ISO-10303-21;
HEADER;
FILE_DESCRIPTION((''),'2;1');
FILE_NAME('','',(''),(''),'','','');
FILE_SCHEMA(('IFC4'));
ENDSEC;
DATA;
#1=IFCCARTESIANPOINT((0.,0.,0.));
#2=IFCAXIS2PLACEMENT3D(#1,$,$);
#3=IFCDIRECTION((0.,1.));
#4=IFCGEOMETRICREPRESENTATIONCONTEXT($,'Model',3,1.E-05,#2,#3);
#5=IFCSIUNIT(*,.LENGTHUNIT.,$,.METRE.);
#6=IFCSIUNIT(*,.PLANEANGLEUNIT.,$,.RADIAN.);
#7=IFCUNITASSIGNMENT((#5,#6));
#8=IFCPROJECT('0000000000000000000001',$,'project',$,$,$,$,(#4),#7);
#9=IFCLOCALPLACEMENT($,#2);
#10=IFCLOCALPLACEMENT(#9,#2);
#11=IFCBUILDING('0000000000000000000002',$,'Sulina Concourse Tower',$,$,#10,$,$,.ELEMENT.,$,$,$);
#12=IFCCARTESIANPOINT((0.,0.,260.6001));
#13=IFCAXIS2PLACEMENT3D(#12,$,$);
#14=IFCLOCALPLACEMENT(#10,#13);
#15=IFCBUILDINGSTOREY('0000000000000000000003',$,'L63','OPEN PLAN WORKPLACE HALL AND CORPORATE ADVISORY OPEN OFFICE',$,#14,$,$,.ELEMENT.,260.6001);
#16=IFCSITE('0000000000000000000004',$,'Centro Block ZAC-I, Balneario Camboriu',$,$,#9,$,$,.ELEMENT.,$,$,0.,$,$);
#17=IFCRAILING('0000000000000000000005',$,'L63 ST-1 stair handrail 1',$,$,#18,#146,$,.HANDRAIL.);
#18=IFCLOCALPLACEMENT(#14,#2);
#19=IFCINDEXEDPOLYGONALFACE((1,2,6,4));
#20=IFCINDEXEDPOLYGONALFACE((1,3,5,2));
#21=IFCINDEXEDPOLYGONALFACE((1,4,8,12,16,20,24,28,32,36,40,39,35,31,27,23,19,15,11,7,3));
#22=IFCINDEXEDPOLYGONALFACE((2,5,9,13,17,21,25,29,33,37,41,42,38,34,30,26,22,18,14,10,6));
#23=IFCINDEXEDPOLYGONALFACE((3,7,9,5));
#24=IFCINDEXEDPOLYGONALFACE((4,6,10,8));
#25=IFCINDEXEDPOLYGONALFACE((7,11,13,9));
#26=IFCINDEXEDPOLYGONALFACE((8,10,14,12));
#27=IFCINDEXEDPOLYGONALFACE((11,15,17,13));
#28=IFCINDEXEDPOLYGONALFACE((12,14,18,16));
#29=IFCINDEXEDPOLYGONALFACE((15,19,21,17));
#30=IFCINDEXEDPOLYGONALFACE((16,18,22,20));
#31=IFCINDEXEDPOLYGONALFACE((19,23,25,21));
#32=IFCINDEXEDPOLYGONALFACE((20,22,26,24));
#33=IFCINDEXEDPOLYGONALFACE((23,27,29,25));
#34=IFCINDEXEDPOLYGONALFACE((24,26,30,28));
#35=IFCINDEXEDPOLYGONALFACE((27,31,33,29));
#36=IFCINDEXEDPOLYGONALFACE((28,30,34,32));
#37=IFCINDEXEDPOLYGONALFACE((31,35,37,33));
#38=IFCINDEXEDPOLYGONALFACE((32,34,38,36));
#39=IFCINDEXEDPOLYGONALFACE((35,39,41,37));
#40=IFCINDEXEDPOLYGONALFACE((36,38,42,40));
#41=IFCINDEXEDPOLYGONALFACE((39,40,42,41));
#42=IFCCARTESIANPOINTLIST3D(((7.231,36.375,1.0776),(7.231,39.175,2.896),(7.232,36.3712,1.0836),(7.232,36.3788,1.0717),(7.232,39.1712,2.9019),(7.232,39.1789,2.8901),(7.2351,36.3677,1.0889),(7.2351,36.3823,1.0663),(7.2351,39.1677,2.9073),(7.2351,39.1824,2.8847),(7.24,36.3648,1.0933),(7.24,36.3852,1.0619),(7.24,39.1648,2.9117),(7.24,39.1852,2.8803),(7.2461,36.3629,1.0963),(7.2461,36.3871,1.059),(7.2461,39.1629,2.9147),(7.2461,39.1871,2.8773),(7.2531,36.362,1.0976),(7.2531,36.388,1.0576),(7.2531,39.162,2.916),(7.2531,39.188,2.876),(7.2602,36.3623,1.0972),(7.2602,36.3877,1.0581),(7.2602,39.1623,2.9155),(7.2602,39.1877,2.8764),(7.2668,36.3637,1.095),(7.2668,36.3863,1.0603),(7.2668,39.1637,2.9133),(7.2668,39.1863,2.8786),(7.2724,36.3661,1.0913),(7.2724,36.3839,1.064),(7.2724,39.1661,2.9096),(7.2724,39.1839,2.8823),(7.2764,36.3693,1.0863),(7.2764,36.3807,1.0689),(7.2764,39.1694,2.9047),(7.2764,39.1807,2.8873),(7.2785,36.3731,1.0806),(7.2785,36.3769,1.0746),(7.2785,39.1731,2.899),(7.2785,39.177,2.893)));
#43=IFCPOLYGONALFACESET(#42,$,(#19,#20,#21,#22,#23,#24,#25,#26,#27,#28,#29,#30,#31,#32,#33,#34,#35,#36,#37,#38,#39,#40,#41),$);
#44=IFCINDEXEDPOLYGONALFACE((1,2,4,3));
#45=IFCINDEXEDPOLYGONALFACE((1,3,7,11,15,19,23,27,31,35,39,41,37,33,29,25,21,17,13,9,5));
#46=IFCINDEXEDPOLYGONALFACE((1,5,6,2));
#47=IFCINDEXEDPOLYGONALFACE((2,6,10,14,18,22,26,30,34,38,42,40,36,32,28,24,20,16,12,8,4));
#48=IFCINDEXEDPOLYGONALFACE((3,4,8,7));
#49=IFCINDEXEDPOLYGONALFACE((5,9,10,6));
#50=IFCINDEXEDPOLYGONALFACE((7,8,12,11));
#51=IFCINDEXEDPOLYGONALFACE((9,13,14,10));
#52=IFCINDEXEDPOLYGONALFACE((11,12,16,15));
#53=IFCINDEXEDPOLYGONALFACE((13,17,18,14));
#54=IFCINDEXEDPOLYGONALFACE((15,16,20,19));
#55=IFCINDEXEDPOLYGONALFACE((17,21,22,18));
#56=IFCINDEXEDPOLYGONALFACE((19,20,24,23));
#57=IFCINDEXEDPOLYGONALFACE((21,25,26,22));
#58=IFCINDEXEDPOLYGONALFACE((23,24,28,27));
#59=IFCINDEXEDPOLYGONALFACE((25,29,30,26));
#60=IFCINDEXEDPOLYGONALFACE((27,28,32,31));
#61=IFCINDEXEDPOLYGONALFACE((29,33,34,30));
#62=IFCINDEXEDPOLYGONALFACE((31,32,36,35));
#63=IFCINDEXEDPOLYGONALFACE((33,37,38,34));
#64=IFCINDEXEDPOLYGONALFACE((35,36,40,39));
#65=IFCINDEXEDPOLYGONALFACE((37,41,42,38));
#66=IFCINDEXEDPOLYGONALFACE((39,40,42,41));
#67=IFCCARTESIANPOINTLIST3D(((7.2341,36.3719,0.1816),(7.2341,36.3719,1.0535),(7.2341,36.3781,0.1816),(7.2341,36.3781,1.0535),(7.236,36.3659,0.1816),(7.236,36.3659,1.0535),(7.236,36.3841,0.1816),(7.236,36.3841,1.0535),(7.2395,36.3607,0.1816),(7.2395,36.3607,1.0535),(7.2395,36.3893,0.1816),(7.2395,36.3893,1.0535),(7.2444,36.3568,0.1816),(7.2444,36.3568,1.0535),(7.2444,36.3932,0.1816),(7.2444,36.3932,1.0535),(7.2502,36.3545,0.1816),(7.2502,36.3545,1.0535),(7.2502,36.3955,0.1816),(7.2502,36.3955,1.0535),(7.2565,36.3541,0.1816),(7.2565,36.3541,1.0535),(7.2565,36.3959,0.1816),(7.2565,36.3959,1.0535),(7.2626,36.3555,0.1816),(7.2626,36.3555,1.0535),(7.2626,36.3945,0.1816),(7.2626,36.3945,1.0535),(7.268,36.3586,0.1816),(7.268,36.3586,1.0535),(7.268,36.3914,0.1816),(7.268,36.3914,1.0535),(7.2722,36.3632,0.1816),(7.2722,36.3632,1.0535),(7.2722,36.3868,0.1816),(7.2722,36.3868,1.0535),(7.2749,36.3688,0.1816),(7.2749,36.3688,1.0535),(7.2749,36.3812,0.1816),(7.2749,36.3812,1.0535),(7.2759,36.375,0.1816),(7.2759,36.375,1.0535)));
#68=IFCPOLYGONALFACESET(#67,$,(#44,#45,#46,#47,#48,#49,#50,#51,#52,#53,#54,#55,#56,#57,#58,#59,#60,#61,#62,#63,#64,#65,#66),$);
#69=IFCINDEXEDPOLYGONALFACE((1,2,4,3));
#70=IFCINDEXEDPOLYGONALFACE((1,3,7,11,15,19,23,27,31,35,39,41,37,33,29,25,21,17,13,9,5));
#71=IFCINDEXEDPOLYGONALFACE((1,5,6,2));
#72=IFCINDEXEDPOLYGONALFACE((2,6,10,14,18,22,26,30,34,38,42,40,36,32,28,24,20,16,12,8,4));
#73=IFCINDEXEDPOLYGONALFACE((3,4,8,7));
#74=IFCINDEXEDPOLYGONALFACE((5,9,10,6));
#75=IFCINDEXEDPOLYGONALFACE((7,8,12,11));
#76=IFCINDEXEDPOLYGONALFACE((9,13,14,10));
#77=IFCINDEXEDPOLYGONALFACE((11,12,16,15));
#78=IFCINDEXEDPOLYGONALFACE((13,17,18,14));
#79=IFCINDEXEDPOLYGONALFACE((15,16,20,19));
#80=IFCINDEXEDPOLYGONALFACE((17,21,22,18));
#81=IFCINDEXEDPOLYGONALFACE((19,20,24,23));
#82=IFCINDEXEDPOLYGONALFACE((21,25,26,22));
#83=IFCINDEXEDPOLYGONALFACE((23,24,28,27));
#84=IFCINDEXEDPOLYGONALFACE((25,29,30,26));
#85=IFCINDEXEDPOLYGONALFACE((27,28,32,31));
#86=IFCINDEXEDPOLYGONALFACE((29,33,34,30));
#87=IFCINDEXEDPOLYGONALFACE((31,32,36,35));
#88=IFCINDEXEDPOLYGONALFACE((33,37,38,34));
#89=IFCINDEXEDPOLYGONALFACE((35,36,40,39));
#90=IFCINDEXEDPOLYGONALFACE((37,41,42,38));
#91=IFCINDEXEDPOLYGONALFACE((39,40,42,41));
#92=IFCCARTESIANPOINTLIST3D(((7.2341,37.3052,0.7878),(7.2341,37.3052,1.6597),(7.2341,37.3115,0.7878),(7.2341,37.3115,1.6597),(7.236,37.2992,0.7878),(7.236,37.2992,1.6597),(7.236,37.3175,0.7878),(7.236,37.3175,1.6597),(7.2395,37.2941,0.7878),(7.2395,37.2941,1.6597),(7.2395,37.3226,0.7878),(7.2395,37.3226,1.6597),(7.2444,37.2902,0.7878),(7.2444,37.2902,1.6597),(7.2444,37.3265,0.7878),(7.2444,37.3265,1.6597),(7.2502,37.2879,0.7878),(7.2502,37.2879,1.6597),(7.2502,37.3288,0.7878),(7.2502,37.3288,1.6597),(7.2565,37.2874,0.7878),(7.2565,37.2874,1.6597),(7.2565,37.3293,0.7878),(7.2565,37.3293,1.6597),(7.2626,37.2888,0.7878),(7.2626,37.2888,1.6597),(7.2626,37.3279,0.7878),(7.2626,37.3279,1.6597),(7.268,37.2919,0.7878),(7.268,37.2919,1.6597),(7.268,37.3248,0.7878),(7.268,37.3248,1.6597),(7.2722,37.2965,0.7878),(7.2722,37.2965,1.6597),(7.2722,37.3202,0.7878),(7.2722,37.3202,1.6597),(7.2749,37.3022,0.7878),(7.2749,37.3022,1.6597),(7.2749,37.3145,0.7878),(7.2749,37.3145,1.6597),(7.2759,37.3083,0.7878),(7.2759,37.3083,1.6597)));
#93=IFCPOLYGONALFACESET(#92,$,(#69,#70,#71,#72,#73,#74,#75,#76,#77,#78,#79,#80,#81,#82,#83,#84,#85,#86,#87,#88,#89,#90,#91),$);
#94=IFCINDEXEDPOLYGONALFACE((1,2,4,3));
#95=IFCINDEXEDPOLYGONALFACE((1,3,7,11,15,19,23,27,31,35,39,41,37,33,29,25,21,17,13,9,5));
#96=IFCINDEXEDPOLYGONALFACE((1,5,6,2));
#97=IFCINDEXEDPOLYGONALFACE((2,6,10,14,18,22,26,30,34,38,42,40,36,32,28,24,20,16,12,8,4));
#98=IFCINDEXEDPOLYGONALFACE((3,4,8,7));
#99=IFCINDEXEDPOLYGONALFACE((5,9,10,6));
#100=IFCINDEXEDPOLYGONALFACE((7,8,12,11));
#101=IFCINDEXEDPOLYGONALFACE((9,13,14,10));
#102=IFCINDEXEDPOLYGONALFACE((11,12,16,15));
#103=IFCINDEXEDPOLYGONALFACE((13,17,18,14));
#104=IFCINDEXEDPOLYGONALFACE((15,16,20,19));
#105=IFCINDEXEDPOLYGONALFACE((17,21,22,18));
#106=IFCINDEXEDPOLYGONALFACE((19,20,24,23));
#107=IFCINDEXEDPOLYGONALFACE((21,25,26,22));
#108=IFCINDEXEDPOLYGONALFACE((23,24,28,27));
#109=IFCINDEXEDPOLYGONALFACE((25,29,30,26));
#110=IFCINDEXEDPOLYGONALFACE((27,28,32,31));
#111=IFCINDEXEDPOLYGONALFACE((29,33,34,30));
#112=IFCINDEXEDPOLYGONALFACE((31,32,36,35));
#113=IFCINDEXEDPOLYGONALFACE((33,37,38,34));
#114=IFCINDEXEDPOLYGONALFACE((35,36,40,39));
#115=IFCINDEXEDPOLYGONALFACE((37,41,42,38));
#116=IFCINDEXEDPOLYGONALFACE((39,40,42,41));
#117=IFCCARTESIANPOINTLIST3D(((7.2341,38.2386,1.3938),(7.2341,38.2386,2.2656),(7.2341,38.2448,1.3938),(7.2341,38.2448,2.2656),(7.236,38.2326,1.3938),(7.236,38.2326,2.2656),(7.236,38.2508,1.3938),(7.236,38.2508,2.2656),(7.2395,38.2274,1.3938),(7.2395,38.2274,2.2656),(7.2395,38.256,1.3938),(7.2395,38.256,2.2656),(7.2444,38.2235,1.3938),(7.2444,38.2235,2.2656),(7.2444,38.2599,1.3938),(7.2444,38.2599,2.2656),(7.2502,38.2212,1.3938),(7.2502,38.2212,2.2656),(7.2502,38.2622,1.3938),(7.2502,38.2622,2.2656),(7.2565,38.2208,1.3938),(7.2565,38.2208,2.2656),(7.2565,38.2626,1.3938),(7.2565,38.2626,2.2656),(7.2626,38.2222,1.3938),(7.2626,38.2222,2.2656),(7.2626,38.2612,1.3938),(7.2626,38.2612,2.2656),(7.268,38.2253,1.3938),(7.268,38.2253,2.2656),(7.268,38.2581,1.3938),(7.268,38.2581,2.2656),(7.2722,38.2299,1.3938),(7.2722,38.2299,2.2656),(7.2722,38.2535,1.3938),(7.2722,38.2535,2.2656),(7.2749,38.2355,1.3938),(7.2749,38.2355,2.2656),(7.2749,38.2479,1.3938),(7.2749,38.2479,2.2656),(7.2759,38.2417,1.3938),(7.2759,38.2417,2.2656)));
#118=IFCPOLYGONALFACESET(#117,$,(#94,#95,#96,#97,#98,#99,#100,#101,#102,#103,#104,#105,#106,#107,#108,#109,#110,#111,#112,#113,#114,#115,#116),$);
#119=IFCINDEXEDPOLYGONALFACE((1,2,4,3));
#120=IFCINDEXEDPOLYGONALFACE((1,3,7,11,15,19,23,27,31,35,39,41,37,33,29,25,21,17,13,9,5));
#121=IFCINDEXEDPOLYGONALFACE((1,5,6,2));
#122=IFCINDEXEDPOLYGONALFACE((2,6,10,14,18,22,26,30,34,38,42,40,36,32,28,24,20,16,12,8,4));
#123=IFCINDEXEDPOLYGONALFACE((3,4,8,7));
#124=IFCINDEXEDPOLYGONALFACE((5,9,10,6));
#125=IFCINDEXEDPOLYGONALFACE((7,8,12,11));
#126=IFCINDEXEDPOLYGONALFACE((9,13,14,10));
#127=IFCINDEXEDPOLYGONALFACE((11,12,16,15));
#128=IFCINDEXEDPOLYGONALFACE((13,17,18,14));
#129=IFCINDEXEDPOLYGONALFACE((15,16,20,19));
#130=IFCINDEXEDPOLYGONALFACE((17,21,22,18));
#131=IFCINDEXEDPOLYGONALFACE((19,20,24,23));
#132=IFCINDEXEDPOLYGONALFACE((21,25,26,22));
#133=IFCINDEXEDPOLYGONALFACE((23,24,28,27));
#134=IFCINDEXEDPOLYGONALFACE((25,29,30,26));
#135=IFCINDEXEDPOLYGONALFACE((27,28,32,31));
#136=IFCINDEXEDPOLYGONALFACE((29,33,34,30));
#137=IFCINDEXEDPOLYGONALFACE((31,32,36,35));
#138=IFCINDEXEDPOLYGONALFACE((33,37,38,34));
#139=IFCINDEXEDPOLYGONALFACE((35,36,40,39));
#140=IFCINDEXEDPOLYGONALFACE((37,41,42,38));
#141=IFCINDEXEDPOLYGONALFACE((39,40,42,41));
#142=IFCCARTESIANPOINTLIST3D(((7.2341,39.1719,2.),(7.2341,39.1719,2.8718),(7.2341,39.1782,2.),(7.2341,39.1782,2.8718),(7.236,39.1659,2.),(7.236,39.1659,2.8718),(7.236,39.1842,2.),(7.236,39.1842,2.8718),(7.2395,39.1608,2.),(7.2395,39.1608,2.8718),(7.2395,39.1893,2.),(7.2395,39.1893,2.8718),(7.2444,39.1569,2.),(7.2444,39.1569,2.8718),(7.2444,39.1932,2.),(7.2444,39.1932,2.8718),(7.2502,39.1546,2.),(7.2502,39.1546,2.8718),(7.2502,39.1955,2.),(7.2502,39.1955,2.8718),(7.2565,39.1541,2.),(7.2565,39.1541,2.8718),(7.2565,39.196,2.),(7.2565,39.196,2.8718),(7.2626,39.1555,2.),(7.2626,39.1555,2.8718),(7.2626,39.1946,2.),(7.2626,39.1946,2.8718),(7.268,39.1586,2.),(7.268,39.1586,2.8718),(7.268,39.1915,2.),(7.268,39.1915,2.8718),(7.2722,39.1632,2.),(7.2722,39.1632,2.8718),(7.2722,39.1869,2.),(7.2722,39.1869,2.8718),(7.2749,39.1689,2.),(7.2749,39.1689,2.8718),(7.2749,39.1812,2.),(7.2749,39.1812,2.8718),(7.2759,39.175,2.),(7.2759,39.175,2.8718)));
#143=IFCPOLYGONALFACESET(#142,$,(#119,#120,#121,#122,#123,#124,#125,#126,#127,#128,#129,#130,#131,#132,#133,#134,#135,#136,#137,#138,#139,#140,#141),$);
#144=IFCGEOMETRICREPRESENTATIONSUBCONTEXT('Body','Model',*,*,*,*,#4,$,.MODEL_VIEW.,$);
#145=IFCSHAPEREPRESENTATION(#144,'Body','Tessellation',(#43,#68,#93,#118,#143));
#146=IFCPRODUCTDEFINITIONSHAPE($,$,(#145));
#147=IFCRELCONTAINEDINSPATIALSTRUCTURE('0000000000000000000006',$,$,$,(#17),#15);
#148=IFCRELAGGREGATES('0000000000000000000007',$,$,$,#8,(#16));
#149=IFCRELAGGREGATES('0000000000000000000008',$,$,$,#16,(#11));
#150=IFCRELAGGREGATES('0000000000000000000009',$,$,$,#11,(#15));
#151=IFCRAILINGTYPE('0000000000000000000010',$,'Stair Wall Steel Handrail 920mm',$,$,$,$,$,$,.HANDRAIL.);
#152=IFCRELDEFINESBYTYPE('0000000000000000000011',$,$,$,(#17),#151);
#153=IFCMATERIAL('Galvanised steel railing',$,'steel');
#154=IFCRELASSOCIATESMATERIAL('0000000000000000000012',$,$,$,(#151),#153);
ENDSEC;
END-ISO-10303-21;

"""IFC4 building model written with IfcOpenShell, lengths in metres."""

from ifc_helpers import new_model, si_unit, direction, frame, origin, origin_2d, place, context, subcontext, project, spatial, circle, extrude, material, type_object, element, save


model = new_model("IFC4")

# Units and contexts
model_context = context("Model", 3, precision=1e-05, world=origin(), true_north=direction((0.0, 1.0)))
body_context = subcontext(model_context, "Body", "Model", "MODEL_VIEW")
ifc_project = project(units=[si_unit("LENGTHUNIT", "METRE"), si_unit("PLANEANGLEUNIT", "RADIAN")], contexts=[model_context])

# Site, building, storey
site_placement = place(None, origin())
site = spatial("IfcSite", under=ifc_project, at=site_placement, Name="Centro Block ZAC-I, Balneario Camboriu", CompositionType="ELEMENT", RefElevation=0.0)
building_placement = place(site_placement, origin())
building = spatial("IfcBuilding", under=site, at=building_placement, Name="Sulina Concourse Tower", CompositionType="ELEMENT")
storey_placement = place(building_placement, frame((0.0, 0.0, 260.6001)))
storey = spatial("IfcBuildingStorey", under=building, at=storey_placement, Name="L63", Description="OPEN PLAN WORKPLACE HALL AND CORPORATE ADVISORY OPEN OFFICE", CompositionType="ELEMENT", Elevation=260.6001)

# Railing
ifc_material_1 = material(Name="Galvanised steel railing", Category="steel")
railing_type_1 = type_object("IfcRailingType", Name="Stair Wall Steel Handrail 920mm", PredefinedType="HANDRAIL", material=ifc_material_1)
railing_1_placement = place(storey_placement, frame((7.2549, 36.375, 0.1816)))
element("IfcRailing", 1, at=railing_1_placement, inside=storey, type_object=railing_type_1, Name="L63 ST-1 stair handrail 1", PredefinedType="HANDRAIL", context=body_context, shape_type="SweptSolid", body=[
    extrude(circle(Radius=0.0239, at=origin_2d()), frame((0.0, 0.0, 0.896), z_axis=(0.0, 0.838672, 0.544636), x_axis=(-1.0, 0.0, 0.0)), (0.0, 0.0, 1.0), 3.3386),
    extrude(circle(Radius=0.021, at=origin_2d()), origin(), (0.0, 0.0, 1.0), 0.8718),
    extrude(circle(Radius=0.021, at=origin_2d()), frame((0.0, 0.9333, 0.6062)), (0.0, 0.0, 1.0), 0.8718),
    extrude(circle(Radius=0.021, at=origin_2d()), frame((0.0, 1.8667, 1.2122)), (0.0, 0.0, 1.0), 0.8718),
    extrude(circle(Radius=0.021, at=origin_2d()), frame((0.0, 2.8, 1.8184)), (0.0, 0.0, 1.0), 0.8718),
])

save(model, "model.ifc")
